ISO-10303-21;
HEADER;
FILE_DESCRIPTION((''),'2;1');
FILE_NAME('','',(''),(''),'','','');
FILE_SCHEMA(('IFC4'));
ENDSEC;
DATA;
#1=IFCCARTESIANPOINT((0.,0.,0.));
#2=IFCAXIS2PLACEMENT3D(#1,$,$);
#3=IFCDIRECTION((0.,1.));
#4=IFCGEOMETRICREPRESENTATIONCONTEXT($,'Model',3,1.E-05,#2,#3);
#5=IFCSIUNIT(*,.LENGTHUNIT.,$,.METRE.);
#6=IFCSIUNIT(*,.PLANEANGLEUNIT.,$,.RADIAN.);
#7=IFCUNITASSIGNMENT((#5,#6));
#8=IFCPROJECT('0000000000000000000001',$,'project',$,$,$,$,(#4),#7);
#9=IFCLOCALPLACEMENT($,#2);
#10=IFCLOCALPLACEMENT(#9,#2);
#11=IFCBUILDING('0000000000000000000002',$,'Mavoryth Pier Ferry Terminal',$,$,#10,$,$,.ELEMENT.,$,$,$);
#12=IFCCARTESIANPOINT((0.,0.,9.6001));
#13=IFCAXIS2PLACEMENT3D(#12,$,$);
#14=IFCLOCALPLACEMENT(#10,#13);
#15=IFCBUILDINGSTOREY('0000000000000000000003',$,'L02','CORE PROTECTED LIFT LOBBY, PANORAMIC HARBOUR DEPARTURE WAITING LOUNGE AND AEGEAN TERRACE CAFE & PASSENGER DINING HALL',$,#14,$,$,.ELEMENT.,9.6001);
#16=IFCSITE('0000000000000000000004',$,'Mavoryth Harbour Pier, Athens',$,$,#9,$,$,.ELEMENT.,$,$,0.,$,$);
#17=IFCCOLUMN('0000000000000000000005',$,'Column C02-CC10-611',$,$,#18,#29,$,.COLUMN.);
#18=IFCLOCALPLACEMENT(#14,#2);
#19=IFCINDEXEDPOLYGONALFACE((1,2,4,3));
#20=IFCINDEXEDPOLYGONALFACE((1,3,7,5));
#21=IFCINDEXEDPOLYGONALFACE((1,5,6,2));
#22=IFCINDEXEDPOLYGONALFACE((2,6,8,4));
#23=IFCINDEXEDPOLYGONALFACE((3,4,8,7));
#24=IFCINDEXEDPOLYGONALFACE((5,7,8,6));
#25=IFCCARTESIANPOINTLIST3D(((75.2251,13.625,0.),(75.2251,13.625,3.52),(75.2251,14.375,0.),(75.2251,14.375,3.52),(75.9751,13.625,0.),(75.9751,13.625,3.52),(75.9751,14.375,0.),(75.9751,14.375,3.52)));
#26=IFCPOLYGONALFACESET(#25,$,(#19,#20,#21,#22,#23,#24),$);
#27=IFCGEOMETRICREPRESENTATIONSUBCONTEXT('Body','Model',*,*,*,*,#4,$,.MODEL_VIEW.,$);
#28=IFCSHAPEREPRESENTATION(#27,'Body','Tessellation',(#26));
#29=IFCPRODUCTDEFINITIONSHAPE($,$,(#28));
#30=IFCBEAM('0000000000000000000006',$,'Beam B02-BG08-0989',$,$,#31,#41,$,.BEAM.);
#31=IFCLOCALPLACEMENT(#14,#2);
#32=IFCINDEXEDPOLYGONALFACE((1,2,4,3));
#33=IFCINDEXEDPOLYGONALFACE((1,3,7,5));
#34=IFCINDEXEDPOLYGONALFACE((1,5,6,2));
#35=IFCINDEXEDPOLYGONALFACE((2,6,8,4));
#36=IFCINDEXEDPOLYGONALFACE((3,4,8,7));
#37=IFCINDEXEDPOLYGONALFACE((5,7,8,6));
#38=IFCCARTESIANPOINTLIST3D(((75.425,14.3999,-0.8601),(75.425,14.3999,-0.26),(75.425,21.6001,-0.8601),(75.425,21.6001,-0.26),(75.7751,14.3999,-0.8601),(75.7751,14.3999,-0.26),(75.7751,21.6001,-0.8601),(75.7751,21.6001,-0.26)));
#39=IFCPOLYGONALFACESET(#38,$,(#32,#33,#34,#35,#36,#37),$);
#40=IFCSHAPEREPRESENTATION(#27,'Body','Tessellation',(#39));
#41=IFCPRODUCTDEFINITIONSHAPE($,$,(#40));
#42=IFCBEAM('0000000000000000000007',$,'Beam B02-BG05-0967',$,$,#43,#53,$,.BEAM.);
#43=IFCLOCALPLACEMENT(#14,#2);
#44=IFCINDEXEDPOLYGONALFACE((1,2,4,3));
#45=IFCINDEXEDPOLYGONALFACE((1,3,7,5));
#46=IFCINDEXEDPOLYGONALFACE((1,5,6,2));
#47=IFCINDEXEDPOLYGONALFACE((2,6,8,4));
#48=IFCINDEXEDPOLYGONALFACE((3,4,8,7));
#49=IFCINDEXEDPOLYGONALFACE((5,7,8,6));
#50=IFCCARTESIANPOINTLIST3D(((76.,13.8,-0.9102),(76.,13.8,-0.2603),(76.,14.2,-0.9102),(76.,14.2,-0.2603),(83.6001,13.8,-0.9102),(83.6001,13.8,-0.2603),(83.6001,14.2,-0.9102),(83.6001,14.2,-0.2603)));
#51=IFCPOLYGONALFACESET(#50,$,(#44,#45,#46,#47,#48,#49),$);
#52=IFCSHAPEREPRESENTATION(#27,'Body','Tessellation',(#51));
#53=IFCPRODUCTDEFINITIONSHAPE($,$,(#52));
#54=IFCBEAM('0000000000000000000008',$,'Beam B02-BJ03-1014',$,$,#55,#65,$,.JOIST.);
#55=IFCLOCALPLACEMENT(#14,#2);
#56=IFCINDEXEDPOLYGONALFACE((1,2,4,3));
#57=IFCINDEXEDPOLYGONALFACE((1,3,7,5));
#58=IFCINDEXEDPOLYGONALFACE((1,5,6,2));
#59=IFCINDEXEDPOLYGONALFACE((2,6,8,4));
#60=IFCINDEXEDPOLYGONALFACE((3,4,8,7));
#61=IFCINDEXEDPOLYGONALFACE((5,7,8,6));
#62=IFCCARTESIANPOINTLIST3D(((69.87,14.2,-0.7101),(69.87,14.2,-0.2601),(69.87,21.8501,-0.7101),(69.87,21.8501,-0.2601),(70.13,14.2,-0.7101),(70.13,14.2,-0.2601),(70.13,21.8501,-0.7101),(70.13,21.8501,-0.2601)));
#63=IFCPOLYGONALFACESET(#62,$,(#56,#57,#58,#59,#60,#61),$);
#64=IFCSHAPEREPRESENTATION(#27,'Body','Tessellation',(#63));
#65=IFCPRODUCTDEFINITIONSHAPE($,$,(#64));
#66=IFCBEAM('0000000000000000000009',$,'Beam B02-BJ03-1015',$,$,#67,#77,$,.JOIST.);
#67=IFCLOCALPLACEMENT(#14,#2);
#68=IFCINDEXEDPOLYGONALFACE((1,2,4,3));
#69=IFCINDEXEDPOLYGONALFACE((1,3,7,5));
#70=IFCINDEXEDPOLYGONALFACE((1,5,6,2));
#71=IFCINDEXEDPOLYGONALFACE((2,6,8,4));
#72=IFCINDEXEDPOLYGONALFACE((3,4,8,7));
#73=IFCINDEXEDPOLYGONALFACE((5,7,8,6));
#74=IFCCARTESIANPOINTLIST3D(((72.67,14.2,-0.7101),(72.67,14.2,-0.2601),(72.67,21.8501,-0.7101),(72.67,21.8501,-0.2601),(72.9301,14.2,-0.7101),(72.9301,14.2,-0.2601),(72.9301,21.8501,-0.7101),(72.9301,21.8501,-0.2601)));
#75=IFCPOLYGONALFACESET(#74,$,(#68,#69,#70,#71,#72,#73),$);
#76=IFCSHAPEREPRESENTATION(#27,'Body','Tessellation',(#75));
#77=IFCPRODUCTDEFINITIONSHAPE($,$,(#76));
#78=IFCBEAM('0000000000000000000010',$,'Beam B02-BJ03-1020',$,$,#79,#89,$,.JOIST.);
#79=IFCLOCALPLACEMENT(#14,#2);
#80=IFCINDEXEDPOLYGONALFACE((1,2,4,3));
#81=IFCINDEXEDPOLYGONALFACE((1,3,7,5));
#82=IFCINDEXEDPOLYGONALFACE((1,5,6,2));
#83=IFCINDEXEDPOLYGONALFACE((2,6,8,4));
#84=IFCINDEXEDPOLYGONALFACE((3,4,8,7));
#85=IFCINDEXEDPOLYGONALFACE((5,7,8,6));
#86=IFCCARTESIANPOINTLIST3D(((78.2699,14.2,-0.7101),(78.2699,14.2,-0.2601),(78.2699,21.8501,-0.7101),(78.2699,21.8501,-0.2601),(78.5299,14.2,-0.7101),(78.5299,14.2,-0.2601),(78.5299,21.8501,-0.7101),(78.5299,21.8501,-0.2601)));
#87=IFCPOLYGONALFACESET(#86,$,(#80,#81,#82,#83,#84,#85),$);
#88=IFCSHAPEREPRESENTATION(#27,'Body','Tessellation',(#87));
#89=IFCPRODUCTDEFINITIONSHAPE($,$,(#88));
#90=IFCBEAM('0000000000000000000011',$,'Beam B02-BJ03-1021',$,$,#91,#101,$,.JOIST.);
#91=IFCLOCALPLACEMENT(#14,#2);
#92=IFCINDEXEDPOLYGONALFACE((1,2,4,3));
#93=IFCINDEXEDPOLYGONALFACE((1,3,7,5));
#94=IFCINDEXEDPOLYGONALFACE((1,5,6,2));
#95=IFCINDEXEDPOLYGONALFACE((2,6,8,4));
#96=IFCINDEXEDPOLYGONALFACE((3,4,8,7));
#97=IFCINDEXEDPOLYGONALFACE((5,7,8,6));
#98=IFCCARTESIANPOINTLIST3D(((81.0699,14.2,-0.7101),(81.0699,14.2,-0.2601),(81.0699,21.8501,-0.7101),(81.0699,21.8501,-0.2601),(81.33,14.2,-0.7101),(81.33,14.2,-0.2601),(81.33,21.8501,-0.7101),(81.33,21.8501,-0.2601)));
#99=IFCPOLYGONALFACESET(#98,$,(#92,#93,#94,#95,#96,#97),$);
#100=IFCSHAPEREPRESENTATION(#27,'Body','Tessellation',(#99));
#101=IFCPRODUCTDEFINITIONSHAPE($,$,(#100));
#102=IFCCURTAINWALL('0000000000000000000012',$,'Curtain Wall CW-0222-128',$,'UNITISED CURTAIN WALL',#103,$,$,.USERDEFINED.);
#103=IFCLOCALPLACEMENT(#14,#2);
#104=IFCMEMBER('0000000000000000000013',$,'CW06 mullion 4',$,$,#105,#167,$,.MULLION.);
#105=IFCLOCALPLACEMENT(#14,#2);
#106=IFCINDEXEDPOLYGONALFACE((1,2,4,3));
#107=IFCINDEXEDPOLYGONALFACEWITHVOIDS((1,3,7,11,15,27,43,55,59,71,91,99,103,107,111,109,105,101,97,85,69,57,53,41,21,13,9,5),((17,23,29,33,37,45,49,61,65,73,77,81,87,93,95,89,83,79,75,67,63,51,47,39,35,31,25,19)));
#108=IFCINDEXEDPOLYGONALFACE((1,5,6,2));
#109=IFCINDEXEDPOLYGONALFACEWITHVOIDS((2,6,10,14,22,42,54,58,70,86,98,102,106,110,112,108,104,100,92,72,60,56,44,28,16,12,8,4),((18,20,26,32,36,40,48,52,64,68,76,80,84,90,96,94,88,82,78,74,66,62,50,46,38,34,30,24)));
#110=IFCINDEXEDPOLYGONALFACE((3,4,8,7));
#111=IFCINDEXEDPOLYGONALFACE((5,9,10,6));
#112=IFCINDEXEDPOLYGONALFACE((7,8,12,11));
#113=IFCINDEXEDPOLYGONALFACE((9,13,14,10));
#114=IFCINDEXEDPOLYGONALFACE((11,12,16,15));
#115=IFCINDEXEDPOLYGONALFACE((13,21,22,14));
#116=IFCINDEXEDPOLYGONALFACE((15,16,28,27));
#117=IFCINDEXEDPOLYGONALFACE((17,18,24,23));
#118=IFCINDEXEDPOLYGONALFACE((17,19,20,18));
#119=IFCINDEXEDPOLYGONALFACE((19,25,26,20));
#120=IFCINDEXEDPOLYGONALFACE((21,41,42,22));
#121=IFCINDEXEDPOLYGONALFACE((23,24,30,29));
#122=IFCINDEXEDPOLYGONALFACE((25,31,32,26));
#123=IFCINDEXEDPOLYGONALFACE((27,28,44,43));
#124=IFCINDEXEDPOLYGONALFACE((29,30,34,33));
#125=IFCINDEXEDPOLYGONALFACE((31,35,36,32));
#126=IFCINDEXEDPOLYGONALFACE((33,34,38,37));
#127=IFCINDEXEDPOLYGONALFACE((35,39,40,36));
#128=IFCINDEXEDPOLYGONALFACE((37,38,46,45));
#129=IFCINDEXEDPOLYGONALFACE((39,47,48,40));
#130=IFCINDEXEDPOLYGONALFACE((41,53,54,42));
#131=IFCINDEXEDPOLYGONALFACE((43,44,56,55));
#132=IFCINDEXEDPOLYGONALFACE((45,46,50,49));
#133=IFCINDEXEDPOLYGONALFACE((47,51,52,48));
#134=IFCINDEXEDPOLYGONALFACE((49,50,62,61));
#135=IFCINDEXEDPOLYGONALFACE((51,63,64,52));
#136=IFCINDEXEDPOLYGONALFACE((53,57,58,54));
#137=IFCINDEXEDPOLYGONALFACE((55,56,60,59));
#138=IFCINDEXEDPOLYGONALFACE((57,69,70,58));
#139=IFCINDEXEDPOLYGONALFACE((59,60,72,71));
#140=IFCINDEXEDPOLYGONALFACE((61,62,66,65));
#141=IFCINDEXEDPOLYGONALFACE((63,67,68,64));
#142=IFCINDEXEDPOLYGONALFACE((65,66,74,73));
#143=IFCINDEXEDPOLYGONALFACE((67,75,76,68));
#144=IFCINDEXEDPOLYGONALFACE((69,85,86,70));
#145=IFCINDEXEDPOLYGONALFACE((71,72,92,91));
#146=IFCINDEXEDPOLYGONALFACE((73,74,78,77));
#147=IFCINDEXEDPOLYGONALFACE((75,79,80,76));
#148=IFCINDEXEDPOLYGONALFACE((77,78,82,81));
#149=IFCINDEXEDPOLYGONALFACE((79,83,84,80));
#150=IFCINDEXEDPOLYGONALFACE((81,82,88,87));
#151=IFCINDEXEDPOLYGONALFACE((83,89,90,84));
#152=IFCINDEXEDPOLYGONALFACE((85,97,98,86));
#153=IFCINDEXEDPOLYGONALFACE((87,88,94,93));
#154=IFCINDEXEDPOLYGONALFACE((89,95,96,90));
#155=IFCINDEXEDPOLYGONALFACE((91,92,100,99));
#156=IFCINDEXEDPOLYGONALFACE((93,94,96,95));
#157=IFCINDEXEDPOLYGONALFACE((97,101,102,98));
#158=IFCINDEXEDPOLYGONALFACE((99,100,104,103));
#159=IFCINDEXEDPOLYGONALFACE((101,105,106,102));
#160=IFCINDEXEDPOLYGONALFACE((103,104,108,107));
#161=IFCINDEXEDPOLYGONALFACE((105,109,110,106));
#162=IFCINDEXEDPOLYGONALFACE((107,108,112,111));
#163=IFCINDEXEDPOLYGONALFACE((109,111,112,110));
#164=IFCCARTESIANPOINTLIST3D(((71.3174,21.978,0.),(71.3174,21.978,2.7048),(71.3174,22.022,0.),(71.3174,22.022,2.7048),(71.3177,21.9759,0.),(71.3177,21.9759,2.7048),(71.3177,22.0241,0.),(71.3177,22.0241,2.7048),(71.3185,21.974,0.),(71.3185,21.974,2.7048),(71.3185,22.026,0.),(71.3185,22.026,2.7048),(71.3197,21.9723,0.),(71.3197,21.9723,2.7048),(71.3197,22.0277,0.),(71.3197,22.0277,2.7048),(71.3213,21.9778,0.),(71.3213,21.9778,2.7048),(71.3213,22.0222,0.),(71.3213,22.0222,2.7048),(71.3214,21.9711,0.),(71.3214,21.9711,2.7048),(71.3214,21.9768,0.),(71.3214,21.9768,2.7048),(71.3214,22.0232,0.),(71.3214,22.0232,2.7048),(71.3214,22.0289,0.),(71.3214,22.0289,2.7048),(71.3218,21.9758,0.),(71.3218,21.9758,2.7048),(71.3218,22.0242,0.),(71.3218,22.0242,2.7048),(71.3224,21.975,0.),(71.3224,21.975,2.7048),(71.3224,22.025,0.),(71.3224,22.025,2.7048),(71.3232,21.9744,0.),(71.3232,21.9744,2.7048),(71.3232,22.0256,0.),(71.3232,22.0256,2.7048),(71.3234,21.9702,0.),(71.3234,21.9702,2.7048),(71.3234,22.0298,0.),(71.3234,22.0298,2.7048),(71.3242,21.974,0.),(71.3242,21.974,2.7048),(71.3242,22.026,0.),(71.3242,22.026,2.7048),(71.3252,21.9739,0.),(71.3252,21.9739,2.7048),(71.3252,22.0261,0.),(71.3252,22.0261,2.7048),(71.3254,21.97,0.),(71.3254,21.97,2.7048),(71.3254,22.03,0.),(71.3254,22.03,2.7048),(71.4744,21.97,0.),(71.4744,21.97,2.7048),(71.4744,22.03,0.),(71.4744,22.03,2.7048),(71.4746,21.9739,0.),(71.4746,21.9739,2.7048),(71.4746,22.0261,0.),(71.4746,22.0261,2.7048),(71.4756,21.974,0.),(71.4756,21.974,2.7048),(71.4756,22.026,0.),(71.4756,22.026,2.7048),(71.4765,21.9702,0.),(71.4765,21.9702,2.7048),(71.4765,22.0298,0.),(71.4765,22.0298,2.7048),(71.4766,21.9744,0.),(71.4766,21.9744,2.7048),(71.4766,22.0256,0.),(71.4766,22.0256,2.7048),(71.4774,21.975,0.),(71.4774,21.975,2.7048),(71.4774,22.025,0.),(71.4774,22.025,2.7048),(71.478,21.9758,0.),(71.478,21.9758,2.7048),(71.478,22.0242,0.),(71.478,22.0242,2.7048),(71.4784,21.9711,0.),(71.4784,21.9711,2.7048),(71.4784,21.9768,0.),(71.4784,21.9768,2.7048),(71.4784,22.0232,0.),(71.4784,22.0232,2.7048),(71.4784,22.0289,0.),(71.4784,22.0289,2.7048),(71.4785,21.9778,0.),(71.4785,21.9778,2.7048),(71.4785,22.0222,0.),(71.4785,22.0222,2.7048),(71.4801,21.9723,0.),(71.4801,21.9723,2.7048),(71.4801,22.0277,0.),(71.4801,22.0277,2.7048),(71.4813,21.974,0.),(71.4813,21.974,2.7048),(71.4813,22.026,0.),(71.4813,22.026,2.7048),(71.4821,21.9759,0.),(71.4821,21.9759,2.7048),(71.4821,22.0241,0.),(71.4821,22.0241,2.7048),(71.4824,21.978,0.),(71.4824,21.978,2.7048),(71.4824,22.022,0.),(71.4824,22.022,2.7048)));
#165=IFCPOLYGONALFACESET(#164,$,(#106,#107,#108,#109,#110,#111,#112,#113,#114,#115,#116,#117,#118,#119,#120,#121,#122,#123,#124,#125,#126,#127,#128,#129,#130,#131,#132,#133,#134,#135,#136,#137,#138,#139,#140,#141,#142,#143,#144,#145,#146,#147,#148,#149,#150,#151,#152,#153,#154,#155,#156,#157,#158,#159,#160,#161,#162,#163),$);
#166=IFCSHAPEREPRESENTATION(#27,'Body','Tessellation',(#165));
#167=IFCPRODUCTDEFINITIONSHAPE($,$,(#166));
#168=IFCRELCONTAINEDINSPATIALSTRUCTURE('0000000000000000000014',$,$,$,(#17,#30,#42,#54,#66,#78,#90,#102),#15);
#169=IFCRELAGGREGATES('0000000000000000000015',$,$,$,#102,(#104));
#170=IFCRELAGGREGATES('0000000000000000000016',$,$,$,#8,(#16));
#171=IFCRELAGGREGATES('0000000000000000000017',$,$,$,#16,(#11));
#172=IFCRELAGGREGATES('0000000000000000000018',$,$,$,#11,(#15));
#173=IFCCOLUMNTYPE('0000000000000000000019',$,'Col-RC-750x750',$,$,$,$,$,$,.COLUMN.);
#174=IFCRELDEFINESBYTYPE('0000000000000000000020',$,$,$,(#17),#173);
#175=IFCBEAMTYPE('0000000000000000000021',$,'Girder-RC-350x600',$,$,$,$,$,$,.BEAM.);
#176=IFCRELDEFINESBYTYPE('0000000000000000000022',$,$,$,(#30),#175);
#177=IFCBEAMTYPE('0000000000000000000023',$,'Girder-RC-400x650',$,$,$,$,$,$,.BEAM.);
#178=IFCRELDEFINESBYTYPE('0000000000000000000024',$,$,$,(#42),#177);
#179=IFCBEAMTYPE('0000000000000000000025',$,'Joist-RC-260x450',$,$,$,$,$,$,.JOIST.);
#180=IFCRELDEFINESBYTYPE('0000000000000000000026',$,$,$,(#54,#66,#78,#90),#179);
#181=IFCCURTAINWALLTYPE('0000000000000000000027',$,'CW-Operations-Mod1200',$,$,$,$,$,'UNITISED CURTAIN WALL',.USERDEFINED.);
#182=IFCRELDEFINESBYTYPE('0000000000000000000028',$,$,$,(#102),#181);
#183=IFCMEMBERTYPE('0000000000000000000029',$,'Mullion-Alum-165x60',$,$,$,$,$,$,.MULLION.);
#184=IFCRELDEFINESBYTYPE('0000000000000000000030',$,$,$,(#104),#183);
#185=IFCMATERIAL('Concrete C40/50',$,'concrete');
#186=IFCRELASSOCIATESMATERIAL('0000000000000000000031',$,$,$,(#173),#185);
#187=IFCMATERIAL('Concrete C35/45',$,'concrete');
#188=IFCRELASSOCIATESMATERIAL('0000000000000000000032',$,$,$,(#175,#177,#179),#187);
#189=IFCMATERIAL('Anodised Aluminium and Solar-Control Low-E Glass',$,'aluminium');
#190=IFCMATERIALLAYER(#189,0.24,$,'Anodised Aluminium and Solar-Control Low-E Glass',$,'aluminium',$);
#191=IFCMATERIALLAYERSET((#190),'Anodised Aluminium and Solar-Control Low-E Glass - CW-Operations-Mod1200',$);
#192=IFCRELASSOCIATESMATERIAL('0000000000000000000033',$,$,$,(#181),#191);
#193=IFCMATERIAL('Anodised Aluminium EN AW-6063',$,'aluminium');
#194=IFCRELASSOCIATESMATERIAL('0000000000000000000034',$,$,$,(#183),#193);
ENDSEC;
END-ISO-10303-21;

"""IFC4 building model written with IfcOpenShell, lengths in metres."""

from ifc_helpers import new_model, si_unit, direction, frame, origin, origin_2d, place, context, subcontext, project, spatial, rectangle, hollow_rectangle, extrude, material, layer, layer_set, material_profile, profile_set, type_object, element, aggregate, save


model = new_model("IFC4")

# Units and contexts
model_context = context("Model", 3, precision=1e-05, world=origin(), true_north=direction((0.0, 1.0)))
body_context = subcontext(model_context, "Body", "Model", "MODEL_VIEW")
ifc_project = project(units=[si_unit("LENGTHUNIT", "METRE"), si_unit("PLANEANGLEUNIT", "RADIAN")], contexts=[model_context])

# Site, building, storey
site_placement = place(None, origin())
site = spatial("IfcSite", under=ifc_project, at=site_placement, Name="Mavoryth Harbour Pier, Athens", CompositionType="ELEMENT", RefElevation=0.0)
building_placement = place(site_placement, origin())
building = spatial("IfcBuilding", under=site, at=building_placement, Name="Mavoryth Pier Ferry Terminal", CompositionType="ELEMENT")
storey_placement = place(building_placement, frame((0.0, 0.0, 9.6001)))
storey = spatial("IfcBuildingStorey", under=building, at=storey_placement, Name="L02", Description="CORE PROTECTED LIFT LOBBY, PANORAMIC HARBOUR DEPARTURE WAITING LOUNGE AND AEGEAN TERRACE CAFE & PASSENGER DINING HALL", CompositionType="ELEMENT", Elevation=9.6001)

# Column
ifc_material_1 = material(Name="Concrete C40/50", Category="concrete")
ifc_material_profile_1 = material_profile(ifc_material_1, rectangle(XDim=0.75, YDim=0.75, at=origin_2d()), Name="RC 750x750", Category="concrete")
ifc_profile_set_1 = profile_set([ifc_material_profile_1], Name="Concrete C40/50 - RC 750x750")
column_type = type_object("IfcColumnType", Name="Col-RC-750x750", PredefinedType="COLUMN", material=ifc_profile_set_1)
column_placement = place(storey_placement, frame((75.6001, 14.0, 0.0), z_axis=(0.0, 0.0, 1.0), x_axis=(1.0, 0.0, 0.0)))
element("IfcColumn", 1, at=column_placement, inside=storey, type_object=column_type, Name="Column C02-CC10-611", PredefinedType="COLUMN", context=body_context, shape_type="SweptSolid", body=[
    extrude(rectangle(XDim=0.75, YDim=0.75, at=origin_2d()), origin(), (0.0, 0.0, 1.0), 3.52),
])

# Beams
ifc_material_2 = material(Name="Concrete C35/45", Category="concrete")
ifc_material_profile_2 = material_profile(ifc_material_2, rectangle(XDim=0.3501, YDim=0.6001, at=origin_2d()), Name="RC 350x600", Category="concrete")
ifc_profile_set_2 = profile_set([ifc_material_profile_2], Name="Concrete C35/45 - RC 350x600")
beam_type_1 = type_object("IfcBeamType", Name="Girder-RC-350x600", PredefinedType="BEAM", material=ifc_profile_set_2)
beam_1_placement = place(storey_placement, frame((75.6001, 14.3999, -0.5601), z_axis=(0.0, 1.0, 0.0), x_axis=(-1.0, 0.0, 0.0)))
element("IfcBeam", 2, at=beam_1_placement, inside=storey, type_object=beam_type_1, Name="Beam B02-BG08-0989", PredefinedType="BEAM", context=body_context, shape_type="SweptSolid", body=[
    extrude(rectangle(XDim=0.3501, YDim=0.6001, at=origin_2d()), origin(), (0.0, 0.0, 1.0), 7.2002),
])
ifc_material_profile_3 = material_profile(ifc_material_2, rectangle(XDim=0.3999, YDim=0.6499, at=origin_2d()), Name="RC 400x650", Category="concrete")
ifc_profile_set_3 = profile_set([ifc_material_profile_3], Name="Concrete C35/45 - RC 400x650")
beam_type_2 = type_object("IfcBeamType", Name="Girder-RC-400x650", PredefinedType="BEAM", material=ifc_profile_set_3)
beam_2_placement = place(storey_placement, frame((76.0, 14.0, -0.5852), z_axis=(1.0, 0.0, 0.0), x_axis=(0.0, 1.0, 0.0)))
element("IfcBeam", 3, at=beam_2_placement, inside=storey, type_object=beam_type_2, Name="Beam B02-BG05-0967", PredefinedType="BEAM", context=body_context, shape_type="SweptSolid", body=[
    extrude(rectangle(XDim=0.3999, YDim=0.6499, at=origin_2d()), origin(), (0.0, 0.0, 1.0), 7.6001),
])
ifc_material_profile_4 = material_profile(ifc_material_2, rectangle(XDim=0.26, YDim=0.45, at=origin_2d()), Name="RC 260x450", Category="concrete")
ifc_profile_set_4 = profile_set([ifc_material_profile_4], Name="Concrete C35/45 - RC 260x450")
beam_type_3 = type_object("IfcBeamType", Name="Joist-RC-260x450", PredefinedType="JOIST", material=ifc_profile_set_4)
for number, where, z_axis, x_axis, name in (
    (4, (70.0, 14.2, -0.4851), (0.0, 1.0, 0.0), (-1.0, 0.0, 0.0), "Beam B02-BJ03-1014"),
    (5, (72.8, 14.2, -0.4851), (0.0, 1.0, 0.0), (-1.0, 0.0, 0.0), "Beam B02-BJ03-1015"),
    (6, (78.3999, 14.2, -0.4851), (0.0, 1.0, 0.0), (-1.0, 0.0, 0.0), "Beam B02-BJ03-1020"),
    (7, (81.2, 14.2, -0.4851), (0.0, 1.0, 0.0), (-1.0, 0.0, 0.0), "Beam B02-BJ03-1021"),
):
    element("IfcBeam", number, at=place(storey_placement, frame(where, z_axis=z_axis, x_axis=x_axis)), inside=storey, type_object=beam_type_3, Name=name, PredefinedType="JOIST", context=body_context, shape_type="SweptSolid", body=[
        extrude(rectangle(XDim=0.26, YDim=0.45, at=origin_2d()), origin(), (0.0, 0.0, 1.0), 7.6501),
    ])

# Curtain wall, member
ifc_material_3 = material(Name="Anodised Aluminium and Solar-Control Low-E Glass", Category="aluminium")
ifc_layer_1 = layer(ifc_material_3, 0.24, Name="Anodised Aluminium and Solar-Control Low-E Glass", Category="aluminium")
ifc_layer_set_1 = layer_set([ifc_layer_1], Name="Anodised Aluminium and Solar-Control Low-E Glass - CW-Operations-Mod1200")
curtain_wall_type = type_object("IfcCurtainWallType", Name="CW-Operations-Mod1200", ElementType="UNITISED CURTAIN WALL", PredefinedType="USERDEFINED", material=ifc_layer_set_1)
curtain_wall_placement = place(storey_placement, origin())
curtain_wall = element("IfcCurtainWall", 8, at=curtain_wall_placement, inside=storey, type_object=curtain_wall_type, Name="Curtain Wall CW-0222-128", ObjectType="UNITISED CURTAIN WALL", PredefinedType="USERDEFINED")
ifc_material_4 = material(Name="Anodised Aluminium EN AW-6063", Category="aluminium")
ifc_material_profile_5 = material_profile(ifc_material_4, hollow_rectangle(XDim=0.0601, YDim=0.165, WallThickness=0.0039, InnerFilletRadius=0.0039, OuterFilletRadius=0.0081, at=origin_2d()), Name="AL-MULL 165x60x4", Category="aluminium")
ifc_profile_set_5 = profile_set([ifc_material_profile_5], Name="Anodised Aluminium EN AW-6063 - AL-MULL 165x60x4")
member_type_1 = type_object("IfcMemberType", Name="Mullion-Alum-165x60", PredefinedType="MULLION", material=ifc_profile_set_5)
member_1_placement = place(storey_placement, frame((71.3999, 22.0, 0.0), z_axis=(0.0, 0.0, 1.0), x_axis=(0.0, -1.0, 0.0)))
member_1 = element("IfcMember", 9, at=member_1_placement, type_object=member_type_1, Name="CW06 mullion 4", PredefinedType="MULLION", context=body_context, shape_type="SweptSolid", body=[
    extrude(hollow_rectangle(XDim=0.0601, YDim=0.165, WallThickness=0.0039, InnerFilletRadius=0.0039, OuterFilletRadius=0.0081, at=origin_2d()), origin(), (0.0, 0.0, 1.0), 2.7048),
])
aggregate(curtain_wall, [member_1])

save(model, "model.ifc")
